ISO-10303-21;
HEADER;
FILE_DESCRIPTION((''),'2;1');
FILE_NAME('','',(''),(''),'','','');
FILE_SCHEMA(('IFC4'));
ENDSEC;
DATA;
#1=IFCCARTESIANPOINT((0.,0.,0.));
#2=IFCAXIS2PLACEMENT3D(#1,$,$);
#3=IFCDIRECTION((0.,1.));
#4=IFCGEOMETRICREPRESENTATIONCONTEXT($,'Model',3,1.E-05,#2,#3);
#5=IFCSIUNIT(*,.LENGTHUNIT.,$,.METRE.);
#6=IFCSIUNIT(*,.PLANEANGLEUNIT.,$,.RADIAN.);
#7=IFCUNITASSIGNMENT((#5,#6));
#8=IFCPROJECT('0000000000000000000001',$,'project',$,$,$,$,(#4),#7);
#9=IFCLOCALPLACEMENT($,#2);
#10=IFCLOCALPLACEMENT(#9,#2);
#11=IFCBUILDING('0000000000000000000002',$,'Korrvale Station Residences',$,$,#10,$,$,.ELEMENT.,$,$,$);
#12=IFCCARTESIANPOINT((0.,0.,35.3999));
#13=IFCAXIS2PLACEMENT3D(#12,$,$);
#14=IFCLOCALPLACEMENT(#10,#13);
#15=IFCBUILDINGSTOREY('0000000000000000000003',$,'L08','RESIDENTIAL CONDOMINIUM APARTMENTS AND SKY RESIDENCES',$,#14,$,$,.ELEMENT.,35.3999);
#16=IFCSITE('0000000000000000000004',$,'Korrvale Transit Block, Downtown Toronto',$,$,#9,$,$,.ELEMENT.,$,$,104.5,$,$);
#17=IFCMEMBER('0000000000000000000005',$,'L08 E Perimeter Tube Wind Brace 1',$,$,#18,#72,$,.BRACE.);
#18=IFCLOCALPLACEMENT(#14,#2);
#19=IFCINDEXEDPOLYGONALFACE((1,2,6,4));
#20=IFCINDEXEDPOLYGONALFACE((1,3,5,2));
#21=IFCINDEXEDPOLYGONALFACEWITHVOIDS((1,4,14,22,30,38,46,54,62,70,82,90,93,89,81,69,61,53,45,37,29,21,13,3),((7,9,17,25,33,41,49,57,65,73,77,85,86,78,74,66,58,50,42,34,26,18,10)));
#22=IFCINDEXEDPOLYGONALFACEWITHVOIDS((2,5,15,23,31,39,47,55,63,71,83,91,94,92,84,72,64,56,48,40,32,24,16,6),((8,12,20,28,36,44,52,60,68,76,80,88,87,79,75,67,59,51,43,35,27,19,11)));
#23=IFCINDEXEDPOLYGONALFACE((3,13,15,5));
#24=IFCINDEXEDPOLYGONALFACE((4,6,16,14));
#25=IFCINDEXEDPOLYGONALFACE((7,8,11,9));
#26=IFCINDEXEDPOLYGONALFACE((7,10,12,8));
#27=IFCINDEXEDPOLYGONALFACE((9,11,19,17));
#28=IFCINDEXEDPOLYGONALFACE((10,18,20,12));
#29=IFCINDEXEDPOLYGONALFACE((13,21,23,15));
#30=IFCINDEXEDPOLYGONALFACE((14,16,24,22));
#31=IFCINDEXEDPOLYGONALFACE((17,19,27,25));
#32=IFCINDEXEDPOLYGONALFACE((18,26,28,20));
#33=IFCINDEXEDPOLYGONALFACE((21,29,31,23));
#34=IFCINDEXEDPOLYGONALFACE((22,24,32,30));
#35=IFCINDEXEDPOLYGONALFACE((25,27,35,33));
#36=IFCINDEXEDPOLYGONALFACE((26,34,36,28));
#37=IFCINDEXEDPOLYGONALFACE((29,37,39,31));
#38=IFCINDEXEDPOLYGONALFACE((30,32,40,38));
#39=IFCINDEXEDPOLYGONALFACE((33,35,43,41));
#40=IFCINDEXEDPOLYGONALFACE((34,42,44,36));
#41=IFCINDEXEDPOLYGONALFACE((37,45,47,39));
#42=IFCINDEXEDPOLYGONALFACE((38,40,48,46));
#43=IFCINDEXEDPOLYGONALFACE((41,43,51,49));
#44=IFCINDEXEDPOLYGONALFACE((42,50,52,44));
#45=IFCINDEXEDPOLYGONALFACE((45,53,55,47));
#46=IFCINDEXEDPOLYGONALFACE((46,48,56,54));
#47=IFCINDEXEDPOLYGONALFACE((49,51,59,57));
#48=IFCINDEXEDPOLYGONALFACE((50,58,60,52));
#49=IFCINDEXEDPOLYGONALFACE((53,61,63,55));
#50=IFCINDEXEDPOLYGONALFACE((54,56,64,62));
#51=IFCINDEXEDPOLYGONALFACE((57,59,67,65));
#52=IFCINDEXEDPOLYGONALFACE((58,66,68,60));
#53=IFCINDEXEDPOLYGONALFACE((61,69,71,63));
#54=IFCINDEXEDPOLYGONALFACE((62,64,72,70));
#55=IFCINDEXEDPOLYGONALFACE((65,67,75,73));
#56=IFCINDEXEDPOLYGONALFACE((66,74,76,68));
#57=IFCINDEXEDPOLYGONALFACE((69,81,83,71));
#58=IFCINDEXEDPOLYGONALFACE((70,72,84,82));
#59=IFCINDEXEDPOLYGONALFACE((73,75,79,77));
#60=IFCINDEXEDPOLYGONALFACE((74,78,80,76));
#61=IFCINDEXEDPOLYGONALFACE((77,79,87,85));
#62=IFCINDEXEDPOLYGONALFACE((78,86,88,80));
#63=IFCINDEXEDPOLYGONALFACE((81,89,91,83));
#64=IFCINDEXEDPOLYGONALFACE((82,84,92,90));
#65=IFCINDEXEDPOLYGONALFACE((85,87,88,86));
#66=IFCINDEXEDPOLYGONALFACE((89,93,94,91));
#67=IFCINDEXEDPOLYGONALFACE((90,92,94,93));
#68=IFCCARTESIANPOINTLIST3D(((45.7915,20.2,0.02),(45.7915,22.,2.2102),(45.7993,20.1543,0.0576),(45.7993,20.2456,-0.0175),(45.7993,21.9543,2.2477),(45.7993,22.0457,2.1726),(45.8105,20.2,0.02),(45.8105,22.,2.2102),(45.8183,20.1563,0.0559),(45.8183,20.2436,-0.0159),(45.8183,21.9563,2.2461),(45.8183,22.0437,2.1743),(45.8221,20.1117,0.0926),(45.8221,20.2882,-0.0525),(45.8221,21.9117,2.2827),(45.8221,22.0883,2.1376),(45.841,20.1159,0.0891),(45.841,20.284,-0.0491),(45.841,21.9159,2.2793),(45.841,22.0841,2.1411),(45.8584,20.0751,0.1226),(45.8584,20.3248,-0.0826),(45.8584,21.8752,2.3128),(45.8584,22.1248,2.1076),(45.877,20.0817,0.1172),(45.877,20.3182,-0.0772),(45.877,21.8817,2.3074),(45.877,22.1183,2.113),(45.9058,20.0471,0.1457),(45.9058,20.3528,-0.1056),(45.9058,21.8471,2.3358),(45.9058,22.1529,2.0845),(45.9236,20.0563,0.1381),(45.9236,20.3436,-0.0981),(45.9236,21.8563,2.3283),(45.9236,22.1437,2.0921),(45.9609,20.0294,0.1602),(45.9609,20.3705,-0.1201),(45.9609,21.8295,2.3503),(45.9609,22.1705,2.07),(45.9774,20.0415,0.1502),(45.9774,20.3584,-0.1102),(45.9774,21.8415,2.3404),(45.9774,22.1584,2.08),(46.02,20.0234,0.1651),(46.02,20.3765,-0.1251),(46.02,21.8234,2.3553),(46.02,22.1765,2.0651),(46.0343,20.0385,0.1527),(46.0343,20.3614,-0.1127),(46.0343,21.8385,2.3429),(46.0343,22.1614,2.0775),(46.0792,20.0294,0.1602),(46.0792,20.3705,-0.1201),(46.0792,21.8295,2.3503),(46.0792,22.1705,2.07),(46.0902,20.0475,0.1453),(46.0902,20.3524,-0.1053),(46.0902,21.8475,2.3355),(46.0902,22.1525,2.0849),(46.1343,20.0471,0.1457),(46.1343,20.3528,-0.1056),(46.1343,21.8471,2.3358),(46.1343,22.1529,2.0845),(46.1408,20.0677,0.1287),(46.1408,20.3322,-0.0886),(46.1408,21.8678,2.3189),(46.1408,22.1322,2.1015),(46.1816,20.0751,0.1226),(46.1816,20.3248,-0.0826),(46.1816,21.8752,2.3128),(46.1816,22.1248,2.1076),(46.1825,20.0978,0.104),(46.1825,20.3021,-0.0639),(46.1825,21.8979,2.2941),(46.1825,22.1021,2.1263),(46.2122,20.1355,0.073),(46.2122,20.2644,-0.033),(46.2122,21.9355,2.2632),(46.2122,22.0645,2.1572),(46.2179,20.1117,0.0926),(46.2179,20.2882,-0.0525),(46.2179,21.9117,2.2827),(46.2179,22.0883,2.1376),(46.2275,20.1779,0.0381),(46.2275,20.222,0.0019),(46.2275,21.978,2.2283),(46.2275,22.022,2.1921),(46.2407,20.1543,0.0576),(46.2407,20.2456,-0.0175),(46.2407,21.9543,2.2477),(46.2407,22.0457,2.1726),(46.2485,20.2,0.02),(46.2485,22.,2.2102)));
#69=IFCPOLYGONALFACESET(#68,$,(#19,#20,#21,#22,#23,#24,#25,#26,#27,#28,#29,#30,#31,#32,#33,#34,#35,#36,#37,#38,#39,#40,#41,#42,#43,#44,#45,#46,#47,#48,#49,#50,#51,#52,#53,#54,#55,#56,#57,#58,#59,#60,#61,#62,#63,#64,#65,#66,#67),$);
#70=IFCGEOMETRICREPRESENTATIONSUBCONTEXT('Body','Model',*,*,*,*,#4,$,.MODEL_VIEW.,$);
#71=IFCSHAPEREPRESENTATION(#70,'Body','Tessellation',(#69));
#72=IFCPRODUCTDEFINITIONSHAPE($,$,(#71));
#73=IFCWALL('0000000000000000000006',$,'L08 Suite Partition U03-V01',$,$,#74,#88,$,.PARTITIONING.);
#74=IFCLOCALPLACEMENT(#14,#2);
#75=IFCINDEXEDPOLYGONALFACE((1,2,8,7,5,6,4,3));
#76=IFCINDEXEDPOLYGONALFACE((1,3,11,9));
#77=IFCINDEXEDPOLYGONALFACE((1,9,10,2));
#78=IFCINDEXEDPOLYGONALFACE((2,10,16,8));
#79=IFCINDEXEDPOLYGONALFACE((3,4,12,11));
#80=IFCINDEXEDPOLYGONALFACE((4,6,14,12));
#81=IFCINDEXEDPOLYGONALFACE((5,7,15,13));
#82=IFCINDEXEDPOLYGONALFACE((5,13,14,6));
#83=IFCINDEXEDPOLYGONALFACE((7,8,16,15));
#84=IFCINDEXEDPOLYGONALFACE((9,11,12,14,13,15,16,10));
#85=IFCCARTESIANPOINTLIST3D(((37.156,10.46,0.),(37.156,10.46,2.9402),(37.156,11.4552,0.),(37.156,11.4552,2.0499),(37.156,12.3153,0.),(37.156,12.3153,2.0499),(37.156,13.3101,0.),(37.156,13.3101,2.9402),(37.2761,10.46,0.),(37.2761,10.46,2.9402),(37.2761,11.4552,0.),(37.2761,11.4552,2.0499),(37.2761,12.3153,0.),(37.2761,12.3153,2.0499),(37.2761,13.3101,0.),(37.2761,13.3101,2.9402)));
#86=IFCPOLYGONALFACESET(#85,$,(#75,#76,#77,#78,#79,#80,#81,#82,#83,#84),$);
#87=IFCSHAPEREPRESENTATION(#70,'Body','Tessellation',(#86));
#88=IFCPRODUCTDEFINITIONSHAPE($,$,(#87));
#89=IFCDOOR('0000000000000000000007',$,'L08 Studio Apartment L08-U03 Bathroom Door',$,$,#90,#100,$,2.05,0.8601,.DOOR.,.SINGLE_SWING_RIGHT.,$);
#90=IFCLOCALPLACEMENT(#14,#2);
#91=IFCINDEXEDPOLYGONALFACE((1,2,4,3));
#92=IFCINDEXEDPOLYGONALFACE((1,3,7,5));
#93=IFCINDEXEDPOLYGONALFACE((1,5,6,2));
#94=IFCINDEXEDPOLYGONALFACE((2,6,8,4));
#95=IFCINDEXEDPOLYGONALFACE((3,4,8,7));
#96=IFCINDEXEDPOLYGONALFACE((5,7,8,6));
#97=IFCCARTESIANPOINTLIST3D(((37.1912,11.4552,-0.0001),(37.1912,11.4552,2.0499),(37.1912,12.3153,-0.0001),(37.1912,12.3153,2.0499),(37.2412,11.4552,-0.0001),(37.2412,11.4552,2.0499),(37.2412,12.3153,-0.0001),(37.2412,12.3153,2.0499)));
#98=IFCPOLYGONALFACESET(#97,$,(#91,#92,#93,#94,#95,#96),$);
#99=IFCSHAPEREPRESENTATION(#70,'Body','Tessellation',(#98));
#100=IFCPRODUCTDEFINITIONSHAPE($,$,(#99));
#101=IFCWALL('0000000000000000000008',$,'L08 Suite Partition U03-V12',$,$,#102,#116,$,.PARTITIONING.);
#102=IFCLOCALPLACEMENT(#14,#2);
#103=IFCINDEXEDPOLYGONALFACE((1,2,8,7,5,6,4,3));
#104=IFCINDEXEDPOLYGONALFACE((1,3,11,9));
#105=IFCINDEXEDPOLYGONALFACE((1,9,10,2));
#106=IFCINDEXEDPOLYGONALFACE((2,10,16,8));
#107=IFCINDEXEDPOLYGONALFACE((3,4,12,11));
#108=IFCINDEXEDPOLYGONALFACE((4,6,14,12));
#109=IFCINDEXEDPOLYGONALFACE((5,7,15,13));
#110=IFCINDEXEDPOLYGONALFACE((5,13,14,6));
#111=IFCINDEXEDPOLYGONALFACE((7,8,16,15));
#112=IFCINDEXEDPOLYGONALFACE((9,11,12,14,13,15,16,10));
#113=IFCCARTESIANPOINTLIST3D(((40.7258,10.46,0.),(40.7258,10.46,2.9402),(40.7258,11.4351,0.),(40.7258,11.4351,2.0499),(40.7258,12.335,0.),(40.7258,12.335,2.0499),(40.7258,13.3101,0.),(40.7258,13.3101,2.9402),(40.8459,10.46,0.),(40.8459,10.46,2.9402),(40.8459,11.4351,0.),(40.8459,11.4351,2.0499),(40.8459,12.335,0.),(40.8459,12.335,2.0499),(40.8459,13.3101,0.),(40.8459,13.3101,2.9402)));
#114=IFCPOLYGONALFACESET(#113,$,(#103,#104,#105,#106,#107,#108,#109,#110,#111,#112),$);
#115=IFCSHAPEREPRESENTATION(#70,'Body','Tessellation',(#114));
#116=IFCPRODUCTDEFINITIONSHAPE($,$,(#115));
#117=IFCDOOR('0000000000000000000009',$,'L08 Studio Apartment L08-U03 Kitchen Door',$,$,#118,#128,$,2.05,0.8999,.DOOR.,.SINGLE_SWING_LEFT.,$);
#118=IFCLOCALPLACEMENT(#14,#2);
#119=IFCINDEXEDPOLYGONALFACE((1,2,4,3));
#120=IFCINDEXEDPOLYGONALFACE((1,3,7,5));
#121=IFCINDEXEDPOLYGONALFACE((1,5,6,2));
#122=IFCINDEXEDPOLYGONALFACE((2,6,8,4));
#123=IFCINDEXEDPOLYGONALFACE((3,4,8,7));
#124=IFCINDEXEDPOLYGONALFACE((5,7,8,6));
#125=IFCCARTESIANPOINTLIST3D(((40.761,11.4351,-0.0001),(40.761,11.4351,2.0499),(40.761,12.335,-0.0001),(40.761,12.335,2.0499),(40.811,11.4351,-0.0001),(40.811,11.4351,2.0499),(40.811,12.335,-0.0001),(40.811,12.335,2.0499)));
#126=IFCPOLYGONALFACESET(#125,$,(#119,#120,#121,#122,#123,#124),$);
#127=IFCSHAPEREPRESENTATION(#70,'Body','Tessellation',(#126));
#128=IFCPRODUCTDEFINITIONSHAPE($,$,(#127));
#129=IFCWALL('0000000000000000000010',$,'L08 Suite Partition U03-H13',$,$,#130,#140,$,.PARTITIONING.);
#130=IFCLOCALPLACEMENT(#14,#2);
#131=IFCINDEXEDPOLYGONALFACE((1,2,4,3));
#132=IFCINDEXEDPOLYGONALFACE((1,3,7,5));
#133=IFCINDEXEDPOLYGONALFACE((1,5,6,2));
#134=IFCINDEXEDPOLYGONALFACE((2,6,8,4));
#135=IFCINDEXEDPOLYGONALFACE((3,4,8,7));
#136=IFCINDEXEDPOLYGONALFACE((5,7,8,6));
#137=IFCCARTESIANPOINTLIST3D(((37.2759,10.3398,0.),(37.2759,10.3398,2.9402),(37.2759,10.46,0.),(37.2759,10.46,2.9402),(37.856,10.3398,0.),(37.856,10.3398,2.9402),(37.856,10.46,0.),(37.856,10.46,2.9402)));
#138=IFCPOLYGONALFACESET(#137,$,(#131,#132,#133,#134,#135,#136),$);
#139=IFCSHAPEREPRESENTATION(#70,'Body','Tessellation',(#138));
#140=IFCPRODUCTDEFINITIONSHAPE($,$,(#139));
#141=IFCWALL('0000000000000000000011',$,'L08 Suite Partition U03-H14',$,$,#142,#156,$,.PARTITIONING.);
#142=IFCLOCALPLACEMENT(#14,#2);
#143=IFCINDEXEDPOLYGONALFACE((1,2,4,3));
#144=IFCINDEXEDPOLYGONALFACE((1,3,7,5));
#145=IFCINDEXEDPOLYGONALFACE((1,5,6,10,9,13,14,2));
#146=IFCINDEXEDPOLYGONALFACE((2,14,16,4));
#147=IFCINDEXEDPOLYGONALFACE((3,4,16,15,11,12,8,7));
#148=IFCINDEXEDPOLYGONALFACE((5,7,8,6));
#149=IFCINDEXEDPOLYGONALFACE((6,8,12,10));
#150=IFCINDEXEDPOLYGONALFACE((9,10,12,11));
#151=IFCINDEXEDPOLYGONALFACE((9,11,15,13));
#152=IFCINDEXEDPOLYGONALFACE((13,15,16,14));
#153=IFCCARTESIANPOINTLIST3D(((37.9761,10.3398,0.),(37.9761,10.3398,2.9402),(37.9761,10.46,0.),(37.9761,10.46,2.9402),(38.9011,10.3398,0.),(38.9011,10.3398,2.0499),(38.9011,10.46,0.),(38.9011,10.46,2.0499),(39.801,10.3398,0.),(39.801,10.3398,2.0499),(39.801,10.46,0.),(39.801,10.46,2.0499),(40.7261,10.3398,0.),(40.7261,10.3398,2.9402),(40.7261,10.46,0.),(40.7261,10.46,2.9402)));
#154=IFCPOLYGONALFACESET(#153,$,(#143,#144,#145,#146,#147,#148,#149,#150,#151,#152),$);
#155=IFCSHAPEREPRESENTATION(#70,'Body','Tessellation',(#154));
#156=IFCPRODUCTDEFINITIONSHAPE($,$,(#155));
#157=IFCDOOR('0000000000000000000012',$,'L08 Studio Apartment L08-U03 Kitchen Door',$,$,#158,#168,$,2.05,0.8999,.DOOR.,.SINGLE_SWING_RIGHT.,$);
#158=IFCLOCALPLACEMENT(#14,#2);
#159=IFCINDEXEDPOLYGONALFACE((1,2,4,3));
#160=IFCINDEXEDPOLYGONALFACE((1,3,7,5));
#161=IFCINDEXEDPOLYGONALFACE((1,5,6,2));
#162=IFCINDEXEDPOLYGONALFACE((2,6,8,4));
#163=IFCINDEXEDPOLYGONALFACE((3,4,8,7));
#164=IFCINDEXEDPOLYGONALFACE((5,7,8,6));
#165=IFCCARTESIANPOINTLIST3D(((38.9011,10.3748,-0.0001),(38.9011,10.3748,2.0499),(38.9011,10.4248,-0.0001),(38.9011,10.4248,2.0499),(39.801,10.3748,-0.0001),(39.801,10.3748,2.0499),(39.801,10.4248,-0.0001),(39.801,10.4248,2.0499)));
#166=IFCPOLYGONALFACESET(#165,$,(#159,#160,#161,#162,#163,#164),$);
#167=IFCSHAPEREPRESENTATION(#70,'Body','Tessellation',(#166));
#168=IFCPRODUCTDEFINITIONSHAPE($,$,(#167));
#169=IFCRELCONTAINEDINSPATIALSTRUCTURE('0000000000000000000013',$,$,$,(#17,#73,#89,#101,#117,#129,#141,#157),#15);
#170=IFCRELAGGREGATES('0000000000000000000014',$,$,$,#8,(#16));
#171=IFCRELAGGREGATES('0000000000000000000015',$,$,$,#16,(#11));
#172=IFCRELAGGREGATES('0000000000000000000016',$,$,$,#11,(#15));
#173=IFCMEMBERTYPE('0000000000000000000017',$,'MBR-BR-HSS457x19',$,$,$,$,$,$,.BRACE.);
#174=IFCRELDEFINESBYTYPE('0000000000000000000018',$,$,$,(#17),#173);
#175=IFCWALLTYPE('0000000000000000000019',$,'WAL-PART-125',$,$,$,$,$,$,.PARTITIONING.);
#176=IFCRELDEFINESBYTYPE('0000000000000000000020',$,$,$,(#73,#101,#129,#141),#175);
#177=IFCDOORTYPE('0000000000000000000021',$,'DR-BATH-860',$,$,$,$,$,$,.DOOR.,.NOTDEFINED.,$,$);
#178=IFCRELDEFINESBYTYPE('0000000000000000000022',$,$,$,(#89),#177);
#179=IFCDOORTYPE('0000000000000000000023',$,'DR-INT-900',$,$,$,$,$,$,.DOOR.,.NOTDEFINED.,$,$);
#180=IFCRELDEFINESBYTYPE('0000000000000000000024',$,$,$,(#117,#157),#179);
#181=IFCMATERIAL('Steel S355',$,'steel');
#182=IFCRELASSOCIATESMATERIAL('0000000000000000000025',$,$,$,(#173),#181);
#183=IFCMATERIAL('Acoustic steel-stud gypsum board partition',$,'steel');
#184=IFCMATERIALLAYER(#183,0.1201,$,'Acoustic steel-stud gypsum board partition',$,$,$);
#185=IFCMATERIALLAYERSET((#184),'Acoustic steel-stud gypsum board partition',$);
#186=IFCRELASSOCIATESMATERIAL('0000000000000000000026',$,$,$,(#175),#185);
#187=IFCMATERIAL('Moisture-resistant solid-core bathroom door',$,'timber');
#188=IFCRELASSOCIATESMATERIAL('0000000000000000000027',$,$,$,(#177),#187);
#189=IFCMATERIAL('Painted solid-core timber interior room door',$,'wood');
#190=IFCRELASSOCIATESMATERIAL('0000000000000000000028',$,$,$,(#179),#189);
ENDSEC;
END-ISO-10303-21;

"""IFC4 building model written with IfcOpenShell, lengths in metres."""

from ifc_helpers import new_model, si_unit, direction, frame, frame_2d, origin, origin_2d, place, context, subcontext, project, spatial, rectangle, hollow_circle, extrude, material, layer, layer_set, material_profile, profile_set, type_object, element, fill, save


model = new_model("IFC4")

# Units and contexts
model_context = context("Model", 3, precision=1e-05, world=origin(), true_north=direction((0.0, 1.0)))
body_context = subcontext(model_context, "Body", "Model", "MODEL_VIEW")
ifc_project = project(units=[si_unit("LENGTHUNIT", "METRE"), si_unit("PLANEANGLEUNIT", "RADIAN")], contexts=[model_context])

# Site, building, storey
site_placement = place(None, origin())
site = spatial("IfcSite", under=ifc_project, at=site_placement, Name="Korrvale Transit Block, Downtown Toronto", CompositionType="ELEMENT", RefElevation=104.5)
building_placement = place(site_placement, origin())
building = spatial("IfcBuilding", under=site, at=building_placement, Name="Korrvale Station Residences", CompositionType="ELEMENT")
storey_placement = place(building_placement, frame((0.0, 0.0, 35.3999)))
storey = spatial("IfcBuildingStorey", under=building, at=storey_placement, Name="L08", Description="RESIDENTIAL CONDOMINIUM APARTMENTS AND SKY RESIDENCES", CompositionType="ELEMENT", Elevation=35.3999)

# Shared definitions
ifc_material_1 = material(Name="Steel S355", Category="steel")

# Member
ifc_material_profile_1 = material_profile(ifc_material_1, hollow_circle(Radius=0.2285, WallThickness=0.019, at=origin_2d()), Name="HSS457x19")
ifc_profile_set_1 = profile_set([ifc_material_profile_1], Name="Steel S355")
member_type = type_object("IfcMemberType", Name="MBR-BR-HSS457x19", PredefinedType="BRACE", material=ifc_profile_set_1)
member_placement = place(storey_placement, frame((46.02, 20.2, 0.02), z_axis=(0.0, 0.634943, 0.772559), x_axis=(-1.0, 0.0, 0.0)))
element("IfcMember", 1, at=member_placement, inside=storey, type_object=member_type, Name="L08 E Perimeter Tube Wind Brace 1", PredefinedType="BRACE", context=body_context, shape_type="SweptSolid", body=[
    extrude(hollow_circle(Radius=0.2285, WallThickness=0.019, at=origin_2d()), origin(), (0.0, 0.0, 1.0), 2.835),
])

# Walls, openings, doors
ifc_material_2 = material(Name="Acoustic steel-stud gypsum board partition", Category="steel")
ifc_layer_1 = layer(ifc_material_2, 0.1201, Name="Acoustic steel-stud gypsum board partition")
ifc_layer_set_1 = layer_set([ifc_layer_1], Name="Acoustic steel-stud gypsum board partition")
wall_type_1 = type_object("IfcWallType", Name="WAL-PART-125", PredefinedType="PARTITIONING", material=ifc_layer_set_1)
wall_1_placement = place(storey_placement, frame((37.2161, 10.46, 0.0), z_axis=(0.0, 0.0, 1.0), x_axis=(0.0, 1.0, 0.0)))
wall_1 = element("IfcWall", 2, at=wall_1_placement, inside=storey, type_object=wall_type_1, Name="L08 Suite Partition U03-V01", PredefinedType="PARTITIONING", context=body_context, shape_type="SweptSolid", body=[
    extrude(rectangle(XDim=2.8501, YDim=0.1201, at=frame_2d((1.425, 0.0))), origin(), (0.0, 0.0, 1.0), 2.9402),
])
opening_1_placement = place(wall_1_placement, frame((0.9951, 0.0, 0.0)))
opening_1 = element("IfcOpeningElement", 3, at=opening_1_placement, cuts=wall_1, PredefinedType="OPENING", context=body_context, shape_type="SweptSolid", body=[
    extrude(rectangle(XDim=0.8601, YDim=2.05, at=frame_2d((0.4302, 1.0249))), frame((0.0, 0.0701, 0.0), z_axis=(0.0, -1.0, 0.0), x_axis=(1.0, 0.0, 0.0)), (0.0, 0.0, 1.0), 0.1401),
])
ifc_material_3 = material(Name="Moisture-resistant solid-core bathroom door", Category="timber")
door_type_1 = type_object("IfcDoorType", Name="DR-BATH-860", OperationType="NOTDEFINED", PredefinedType="DOOR", material=ifc_material_3)
door_1_placement = place(opening_1_placement, origin())
door_1 = element("IfcDoor", 4, at=door_1_placement, inside=storey, type_object=door_type_1, Name="L08 Studio Apartment L08-U03 Bathroom Door", OperationType="SINGLE_SWING_RIGHT", OverallHeight=2.05, OverallWidth=0.8601, PredefinedType="DOOR", context=body_context, shape_type="SweptSolid", body=[
    extrude(rectangle(XDim=0.8601, YDim=2.05, at=frame_2d((0.4302, 1.0249))), frame((0.0, 0.0249, 0.0), z_axis=(0.0, -1.0, 0.0), x_axis=(1.0, 0.0, 0.0)), (0.0, 0.0, 1.0), 0.05),
])
fill(opening_1, door_1)
wall_2_placement = place(storey_placement, frame((40.7859, 10.46, 0.0), z_axis=(0.0, 0.0, 1.0), x_axis=(0.0, 1.0, 0.0)))
wall_2 = element("IfcWall", 5, at=wall_2_placement, inside=storey, type_object=wall_type_1, Name="L08 Suite Partition U03-V12", PredefinedType="PARTITIONING", context=body_context, shape_type="SweptSolid", body=[
    extrude(rectangle(XDim=2.8501, YDim=0.1201, at=frame_2d((1.425, 0.0))), origin(), (0.0, 0.0, 1.0), 2.9402),
])
opening_2_placement = place(wall_2_placement, frame((0.9751, 0.0, 0.0)))
opening_2 = element("IfcOpeningElement", 6, at=opening_2_placement, cuts=wall_2, PredefinedType="OPENING", context=body_context, shape_type="SweptSolid", body=[
    extrude(rectangle(XDim=0.8999, YDim=2.05, at=frame_2d((0.45, 1.0249))), frame((0.0, 0.0701, 0.0), z_axis=(0.0, -1.0, 0.0), x_axis=(1.0, 0.0, 0.0)), (0.0, 0.0, 1.0), 0.1401),
])
ifc_material_4 = material(Name="Painted solid-core timber interior room door", Category="wood")
door_type_2 = type_object("IfcDoorType", Name="DR-INT-900", OperationType="NOTDEFINED", PredefinedType="DOOR", material=ifc_material_4)
door_2_placement = place(opening_2_placement, origin())
door_2 = element("IfcDoor", 7, at=door_2_placement, inside=storey, type_object=door_type_2, Name="L08 Studio Apartment L08-U03 Kitchen Door", OperationType="SINGLE_SWING_LEFT", OverallHeight=2.05, OverallWidth=0.8999, PredefinedType="DOOR", context=body_context, shape_type="SweptSolid", body=[
    extrude(rectangle(XDim=0.8999, YDim=2.05, at=frame_2d((0.45, 1.0249))), frame((0.0, 0.0249, 0.0), z_axis=(0.0, -1.0, 0.0), x_axis=(1.0, 0.0, 0.0)), (0.0, 0.0, 1.0), 0.05),
])
fill(opening_2, door_2)

# Wall
wall_3_placement = place(storey_placement, frame((37.2759, 10.3999, 0.0), z_axis=(0.0, 0.0, 1.0), x_axis=(1.0, 0.0, 0.0)))
element("IfcWall", 8, at=wall_3_placement, inside=storey, type_object=wall_type_1, Name="L08 Suite Partition U03-H13", PredefinedType="PARTITIONING", context=body_context, shape_type="SweptSolid", body=[
    extrude(rectangle(XDim=0.5801, YDim=0.1201, at=frame_2d((0.29, 0.0))), origin(), (0.0, 0.0, 1.0), 2.9402),
])

# Wall, opening, door
wall_4_placement = place(storey_placement, frame((37.9761, 10.3999, 0.0), z_axis=(0.0, 0.0, 1.0), x_axis=(1.0, 0.0, 0.0)))
wall_4 = element("IfcWall", 9, at=wall_4_placement, inside=storey, type_object=wall_type_1, Name="L08 Suite Partition U03-H14", PredefinedType="PARTITIONING", context=body_context, shape_type="SweptSolid", body=[
    extrude(rectangle(XDim=2.75, YDim=0.1201, at=frame_2d((1.375, 0.0))), origin(), (0.0, 0.0, 1.0), 2.9402),
])
opening_3_placement = place(wall_4_placement, frame((0.925, 0.0, 0.0)))
opening_3 = element("IfcOpeningElement", 10, at=opening_3_placement, cuts=wall_4, PredefinedType="OPENING", context=body_context, shape_type="SweptSolid", body=[
    extrude(rectangle(XDim=0.8999, YDim=2.05, at=frame_2d((0.45, 1.0249))), frame((0.0, 0.0701, 0.0), z_axis=(0.0, -1.0, 0.0), x_axis=(1.0, 0.0, 0.0)), (0.0, 0.0, 1.0), 0.1401),
])
door_3_placement = place(opening_3_placement, origin())
door_3 = element("IfcDoor", 11, at=door_3_placement, inside=storey, type_object=door_type_2, Name="L08 Studio Apartment L08-U03 Kitchen Door", OperationType="SINGLE_SWING_RIGHT", OverallHeight=2.05, OverallWidth=0.8999, PredefinedType="DOOR", context=body_context, shape_type="SweptSolid", body=[
    extrude(rectangle(XDim=0.8999, YDim=2.05, at=frame_2d((0.45, 1.0249))), frame((0.0, 0.0249, 0.0), z_axis=(0.0, -1.0, 0.0), x_axis=(1.0, 0.0, 0.0)), (0.0, 0.0, 1.0), 0.05),
])
fill(opening_3, door_3)

save(model, "model.ifc")
